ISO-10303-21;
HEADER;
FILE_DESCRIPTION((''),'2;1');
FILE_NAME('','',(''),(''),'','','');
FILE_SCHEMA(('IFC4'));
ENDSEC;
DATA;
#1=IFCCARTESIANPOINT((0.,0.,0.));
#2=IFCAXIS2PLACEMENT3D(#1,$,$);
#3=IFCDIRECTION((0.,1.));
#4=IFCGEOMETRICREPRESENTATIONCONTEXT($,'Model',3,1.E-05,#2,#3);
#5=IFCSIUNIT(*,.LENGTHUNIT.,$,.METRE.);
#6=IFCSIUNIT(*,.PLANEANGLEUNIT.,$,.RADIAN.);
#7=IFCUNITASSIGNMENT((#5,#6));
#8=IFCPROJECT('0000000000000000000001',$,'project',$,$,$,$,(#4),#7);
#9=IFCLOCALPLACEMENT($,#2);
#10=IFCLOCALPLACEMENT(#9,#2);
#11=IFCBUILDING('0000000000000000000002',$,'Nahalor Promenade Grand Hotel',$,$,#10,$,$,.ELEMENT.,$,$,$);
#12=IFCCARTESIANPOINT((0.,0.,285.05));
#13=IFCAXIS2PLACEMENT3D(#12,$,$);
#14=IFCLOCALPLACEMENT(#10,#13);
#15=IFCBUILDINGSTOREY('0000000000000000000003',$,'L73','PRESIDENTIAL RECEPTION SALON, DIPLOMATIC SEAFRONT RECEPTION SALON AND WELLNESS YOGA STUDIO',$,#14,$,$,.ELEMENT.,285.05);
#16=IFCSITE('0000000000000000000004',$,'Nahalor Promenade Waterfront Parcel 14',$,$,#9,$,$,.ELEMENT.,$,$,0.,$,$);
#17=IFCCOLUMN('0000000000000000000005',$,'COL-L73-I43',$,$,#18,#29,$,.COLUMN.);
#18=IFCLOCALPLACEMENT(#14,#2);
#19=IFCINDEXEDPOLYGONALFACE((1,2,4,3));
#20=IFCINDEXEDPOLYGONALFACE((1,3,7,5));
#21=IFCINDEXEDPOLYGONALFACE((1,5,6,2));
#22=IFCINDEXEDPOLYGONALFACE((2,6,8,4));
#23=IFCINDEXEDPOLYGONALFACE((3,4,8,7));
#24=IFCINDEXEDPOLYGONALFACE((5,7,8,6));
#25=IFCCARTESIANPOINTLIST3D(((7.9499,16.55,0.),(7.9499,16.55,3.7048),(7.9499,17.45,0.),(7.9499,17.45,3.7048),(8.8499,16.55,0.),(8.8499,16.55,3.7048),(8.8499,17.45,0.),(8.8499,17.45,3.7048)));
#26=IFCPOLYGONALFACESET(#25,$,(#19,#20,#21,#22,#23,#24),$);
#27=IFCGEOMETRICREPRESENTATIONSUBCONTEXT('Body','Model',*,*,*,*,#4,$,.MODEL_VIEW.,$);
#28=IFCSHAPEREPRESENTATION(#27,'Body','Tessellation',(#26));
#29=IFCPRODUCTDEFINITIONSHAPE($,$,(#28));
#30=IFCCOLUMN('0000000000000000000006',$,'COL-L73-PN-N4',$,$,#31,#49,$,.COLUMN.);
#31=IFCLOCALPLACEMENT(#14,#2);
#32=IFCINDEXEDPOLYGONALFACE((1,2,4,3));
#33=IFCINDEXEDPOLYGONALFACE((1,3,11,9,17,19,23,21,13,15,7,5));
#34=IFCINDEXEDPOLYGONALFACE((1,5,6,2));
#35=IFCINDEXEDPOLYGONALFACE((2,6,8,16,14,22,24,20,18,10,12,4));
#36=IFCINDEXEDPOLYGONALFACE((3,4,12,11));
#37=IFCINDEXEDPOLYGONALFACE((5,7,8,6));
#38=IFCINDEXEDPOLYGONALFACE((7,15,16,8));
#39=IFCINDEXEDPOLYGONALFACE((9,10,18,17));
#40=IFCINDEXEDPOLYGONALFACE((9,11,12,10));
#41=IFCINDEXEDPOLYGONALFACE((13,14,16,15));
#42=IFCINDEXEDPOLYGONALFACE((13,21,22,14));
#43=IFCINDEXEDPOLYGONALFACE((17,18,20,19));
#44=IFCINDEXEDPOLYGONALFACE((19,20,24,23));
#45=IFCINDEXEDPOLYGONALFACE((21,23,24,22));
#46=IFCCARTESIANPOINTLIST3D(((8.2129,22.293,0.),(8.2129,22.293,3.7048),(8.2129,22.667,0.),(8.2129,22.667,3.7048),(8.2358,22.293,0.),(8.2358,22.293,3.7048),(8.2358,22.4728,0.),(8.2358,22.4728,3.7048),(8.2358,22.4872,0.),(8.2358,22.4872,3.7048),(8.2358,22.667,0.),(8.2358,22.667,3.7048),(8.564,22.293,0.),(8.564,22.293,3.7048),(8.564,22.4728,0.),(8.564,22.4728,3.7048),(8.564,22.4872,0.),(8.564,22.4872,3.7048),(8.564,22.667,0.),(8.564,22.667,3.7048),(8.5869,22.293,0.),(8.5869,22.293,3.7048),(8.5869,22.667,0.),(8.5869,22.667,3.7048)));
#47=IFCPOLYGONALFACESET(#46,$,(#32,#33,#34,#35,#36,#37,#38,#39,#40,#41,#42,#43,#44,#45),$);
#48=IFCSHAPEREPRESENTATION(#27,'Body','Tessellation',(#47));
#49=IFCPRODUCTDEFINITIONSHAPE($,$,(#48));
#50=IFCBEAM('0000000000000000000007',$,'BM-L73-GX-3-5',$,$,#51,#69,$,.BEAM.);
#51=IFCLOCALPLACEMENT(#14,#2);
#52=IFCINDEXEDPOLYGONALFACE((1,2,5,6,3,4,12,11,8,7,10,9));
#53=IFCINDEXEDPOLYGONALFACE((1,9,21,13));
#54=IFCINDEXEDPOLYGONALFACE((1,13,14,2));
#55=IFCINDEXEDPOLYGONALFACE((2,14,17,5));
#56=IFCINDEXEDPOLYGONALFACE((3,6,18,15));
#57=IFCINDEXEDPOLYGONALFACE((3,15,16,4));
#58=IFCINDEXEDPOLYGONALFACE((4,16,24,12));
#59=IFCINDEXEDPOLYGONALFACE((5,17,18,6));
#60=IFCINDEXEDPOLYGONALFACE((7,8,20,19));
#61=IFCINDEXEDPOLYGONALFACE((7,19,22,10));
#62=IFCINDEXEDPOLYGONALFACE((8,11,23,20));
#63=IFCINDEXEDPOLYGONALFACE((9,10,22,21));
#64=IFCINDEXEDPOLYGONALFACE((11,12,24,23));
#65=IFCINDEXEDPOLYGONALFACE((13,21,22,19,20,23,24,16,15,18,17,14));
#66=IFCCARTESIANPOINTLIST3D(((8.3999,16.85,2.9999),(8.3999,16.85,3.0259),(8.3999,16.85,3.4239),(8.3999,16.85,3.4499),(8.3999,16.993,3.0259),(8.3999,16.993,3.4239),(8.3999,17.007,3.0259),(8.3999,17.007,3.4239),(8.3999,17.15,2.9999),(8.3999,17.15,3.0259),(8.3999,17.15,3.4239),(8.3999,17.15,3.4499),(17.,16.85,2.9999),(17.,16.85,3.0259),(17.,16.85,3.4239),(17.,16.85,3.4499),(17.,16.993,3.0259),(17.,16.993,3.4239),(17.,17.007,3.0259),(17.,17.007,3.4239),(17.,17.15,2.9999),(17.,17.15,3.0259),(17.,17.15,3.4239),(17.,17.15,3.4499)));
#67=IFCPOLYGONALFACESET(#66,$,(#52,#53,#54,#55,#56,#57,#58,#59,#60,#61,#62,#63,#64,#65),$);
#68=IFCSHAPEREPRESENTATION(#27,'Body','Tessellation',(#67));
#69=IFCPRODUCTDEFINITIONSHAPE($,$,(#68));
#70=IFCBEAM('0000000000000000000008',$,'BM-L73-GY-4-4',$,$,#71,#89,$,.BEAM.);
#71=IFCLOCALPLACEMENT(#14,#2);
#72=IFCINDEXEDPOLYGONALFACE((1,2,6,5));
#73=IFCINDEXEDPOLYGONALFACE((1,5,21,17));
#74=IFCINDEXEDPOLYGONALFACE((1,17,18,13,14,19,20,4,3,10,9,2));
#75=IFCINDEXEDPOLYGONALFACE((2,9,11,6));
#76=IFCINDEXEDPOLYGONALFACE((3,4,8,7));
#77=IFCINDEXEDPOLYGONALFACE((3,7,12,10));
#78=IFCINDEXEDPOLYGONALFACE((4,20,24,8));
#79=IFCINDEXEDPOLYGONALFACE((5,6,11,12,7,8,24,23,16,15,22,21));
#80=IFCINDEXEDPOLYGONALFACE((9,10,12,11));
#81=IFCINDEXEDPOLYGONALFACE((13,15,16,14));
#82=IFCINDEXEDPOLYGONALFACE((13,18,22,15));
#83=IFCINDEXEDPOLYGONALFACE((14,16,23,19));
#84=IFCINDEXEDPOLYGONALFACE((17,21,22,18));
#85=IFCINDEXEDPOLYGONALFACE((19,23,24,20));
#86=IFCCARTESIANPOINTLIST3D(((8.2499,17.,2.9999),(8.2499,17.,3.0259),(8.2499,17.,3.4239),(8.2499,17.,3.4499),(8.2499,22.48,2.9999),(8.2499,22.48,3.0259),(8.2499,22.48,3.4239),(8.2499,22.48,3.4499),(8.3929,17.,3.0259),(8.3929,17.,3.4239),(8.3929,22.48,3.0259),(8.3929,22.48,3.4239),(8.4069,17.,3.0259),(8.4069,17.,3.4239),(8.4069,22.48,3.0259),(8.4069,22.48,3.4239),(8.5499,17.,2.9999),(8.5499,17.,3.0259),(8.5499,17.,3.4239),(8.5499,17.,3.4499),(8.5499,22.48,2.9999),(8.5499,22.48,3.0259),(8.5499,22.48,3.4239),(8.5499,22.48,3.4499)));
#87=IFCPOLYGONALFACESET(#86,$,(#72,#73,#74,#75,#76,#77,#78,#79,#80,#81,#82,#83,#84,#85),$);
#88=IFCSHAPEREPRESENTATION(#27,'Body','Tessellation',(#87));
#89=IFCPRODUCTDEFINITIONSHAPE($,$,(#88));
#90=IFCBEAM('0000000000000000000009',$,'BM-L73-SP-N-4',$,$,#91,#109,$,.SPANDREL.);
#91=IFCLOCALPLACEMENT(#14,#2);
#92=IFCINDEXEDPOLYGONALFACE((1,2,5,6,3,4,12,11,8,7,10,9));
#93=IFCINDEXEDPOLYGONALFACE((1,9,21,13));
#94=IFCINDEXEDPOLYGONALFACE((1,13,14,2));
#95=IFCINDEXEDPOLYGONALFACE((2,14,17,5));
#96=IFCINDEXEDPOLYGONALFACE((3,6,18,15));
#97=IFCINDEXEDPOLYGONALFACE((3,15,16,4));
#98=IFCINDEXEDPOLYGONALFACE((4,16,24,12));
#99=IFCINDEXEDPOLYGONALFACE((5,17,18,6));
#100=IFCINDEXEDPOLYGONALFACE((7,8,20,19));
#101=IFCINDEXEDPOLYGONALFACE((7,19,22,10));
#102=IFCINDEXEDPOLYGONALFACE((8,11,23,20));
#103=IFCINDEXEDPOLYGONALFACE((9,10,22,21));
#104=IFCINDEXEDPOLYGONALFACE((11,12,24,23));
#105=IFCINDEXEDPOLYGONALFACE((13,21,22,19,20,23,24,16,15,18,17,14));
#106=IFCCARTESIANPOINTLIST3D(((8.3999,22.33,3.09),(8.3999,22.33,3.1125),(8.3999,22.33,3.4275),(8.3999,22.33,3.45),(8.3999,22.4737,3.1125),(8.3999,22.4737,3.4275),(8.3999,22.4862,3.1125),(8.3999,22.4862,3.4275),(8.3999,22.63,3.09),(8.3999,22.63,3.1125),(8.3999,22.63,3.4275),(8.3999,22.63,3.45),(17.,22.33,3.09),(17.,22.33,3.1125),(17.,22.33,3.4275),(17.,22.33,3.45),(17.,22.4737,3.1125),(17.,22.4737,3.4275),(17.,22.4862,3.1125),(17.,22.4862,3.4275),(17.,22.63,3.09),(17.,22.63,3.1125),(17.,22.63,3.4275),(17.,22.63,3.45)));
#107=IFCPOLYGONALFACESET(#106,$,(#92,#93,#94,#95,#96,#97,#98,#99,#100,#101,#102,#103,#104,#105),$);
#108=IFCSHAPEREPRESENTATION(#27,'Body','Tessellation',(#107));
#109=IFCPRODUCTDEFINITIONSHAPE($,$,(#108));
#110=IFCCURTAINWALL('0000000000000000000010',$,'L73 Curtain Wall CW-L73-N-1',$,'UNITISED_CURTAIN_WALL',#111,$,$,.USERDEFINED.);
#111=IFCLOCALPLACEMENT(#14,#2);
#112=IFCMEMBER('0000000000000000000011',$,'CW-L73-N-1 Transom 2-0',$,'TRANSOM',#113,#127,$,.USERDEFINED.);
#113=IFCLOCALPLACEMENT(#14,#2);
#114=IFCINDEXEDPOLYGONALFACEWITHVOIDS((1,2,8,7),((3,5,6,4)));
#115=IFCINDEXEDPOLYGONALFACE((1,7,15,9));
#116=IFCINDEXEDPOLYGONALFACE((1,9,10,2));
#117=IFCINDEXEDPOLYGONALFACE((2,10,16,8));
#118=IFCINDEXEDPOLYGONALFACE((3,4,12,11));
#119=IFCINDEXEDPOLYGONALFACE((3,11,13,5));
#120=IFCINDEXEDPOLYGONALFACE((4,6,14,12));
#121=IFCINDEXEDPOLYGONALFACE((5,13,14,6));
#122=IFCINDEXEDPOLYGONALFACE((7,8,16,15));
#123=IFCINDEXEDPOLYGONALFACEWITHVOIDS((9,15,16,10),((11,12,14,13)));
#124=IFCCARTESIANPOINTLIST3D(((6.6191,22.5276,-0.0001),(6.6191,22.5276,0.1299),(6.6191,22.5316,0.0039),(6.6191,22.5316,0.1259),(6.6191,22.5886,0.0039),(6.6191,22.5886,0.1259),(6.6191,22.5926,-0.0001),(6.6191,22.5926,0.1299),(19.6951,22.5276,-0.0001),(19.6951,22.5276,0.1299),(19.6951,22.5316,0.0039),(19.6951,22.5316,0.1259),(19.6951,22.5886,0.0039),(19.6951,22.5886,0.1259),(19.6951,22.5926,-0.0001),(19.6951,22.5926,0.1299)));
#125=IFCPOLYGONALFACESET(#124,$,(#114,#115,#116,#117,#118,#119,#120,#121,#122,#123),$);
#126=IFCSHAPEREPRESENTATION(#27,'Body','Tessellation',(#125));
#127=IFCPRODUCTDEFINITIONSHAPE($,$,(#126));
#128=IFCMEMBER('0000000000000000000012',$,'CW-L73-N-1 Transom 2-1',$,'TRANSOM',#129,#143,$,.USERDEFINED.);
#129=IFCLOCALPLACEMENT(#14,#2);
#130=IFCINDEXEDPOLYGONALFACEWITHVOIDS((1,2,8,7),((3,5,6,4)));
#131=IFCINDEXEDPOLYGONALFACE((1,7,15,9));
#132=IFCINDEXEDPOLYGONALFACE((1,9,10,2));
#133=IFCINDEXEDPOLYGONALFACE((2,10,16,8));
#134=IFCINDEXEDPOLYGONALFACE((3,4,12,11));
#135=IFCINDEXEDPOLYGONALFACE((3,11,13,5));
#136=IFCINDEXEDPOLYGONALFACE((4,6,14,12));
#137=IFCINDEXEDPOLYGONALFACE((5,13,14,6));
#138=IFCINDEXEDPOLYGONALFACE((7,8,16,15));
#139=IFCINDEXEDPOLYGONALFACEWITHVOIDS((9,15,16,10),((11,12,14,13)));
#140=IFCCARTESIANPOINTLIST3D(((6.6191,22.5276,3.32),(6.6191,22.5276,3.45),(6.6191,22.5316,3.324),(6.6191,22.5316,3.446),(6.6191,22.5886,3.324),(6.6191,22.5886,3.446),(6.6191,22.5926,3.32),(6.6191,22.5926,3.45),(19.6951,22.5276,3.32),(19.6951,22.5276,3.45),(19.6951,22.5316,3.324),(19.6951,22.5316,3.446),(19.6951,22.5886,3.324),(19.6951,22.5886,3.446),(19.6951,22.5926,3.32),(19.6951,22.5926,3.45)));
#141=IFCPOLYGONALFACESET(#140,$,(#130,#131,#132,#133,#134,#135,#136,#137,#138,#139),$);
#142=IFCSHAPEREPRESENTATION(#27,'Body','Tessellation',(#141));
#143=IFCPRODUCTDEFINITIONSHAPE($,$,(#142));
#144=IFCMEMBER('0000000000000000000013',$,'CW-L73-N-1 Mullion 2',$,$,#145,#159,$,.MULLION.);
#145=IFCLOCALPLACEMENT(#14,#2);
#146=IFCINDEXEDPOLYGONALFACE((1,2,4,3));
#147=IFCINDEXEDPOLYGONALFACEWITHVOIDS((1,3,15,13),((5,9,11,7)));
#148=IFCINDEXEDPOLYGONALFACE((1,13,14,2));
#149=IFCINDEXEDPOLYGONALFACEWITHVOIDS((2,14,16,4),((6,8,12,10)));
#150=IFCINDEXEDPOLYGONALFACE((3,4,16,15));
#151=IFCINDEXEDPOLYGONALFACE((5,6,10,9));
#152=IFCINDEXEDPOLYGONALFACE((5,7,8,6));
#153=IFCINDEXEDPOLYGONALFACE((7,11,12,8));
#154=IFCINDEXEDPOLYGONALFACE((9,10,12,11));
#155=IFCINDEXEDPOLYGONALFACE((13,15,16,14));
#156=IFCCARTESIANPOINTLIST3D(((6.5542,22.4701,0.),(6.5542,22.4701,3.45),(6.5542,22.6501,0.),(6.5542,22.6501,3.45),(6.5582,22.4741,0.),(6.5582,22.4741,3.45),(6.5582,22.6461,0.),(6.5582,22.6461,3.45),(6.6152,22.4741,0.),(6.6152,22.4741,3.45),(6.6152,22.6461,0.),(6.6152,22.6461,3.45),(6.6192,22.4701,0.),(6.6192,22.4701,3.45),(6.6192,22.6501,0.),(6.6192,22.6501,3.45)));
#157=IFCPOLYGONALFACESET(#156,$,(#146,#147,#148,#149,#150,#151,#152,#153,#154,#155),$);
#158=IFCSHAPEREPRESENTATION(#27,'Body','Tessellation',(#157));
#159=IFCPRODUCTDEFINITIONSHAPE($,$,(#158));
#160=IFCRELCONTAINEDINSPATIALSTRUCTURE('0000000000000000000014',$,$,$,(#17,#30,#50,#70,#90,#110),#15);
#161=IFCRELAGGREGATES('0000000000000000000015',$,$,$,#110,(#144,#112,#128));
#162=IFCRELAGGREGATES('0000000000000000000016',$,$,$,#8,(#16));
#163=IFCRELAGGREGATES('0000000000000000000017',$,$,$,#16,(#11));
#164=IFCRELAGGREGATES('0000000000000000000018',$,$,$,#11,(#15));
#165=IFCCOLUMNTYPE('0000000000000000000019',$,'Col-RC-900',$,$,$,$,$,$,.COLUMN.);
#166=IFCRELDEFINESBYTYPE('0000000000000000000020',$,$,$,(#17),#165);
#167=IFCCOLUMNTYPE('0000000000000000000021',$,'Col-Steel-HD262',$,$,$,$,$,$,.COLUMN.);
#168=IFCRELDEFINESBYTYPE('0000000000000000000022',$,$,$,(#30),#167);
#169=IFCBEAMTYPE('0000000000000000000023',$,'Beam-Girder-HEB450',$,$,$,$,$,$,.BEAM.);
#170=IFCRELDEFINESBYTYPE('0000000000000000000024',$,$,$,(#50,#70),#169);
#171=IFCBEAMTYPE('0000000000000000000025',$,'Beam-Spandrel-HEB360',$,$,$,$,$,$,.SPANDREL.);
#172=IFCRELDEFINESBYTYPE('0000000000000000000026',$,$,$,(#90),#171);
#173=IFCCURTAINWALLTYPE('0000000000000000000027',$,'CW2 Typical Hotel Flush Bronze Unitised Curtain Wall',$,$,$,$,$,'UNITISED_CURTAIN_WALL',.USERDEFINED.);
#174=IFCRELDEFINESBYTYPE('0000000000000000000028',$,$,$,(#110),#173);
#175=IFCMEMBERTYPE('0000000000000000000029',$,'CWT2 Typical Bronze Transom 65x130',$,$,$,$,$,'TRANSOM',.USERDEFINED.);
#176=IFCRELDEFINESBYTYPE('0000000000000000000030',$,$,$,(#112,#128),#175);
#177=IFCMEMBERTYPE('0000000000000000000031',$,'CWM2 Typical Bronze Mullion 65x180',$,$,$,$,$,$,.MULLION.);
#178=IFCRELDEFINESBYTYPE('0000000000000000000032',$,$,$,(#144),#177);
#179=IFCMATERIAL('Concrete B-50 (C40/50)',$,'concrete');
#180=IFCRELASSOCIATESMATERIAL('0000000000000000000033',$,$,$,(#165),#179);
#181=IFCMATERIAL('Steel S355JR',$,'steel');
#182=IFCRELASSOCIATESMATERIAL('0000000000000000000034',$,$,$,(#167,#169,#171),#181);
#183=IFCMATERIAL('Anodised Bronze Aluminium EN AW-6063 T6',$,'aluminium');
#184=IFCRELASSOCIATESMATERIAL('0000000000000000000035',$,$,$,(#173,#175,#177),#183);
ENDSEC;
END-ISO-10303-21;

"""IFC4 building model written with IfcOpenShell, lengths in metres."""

from ifc_helpers import new_model, si_unit, direction, frame, origin, origin_2d, place, context, subcontext, project, spatial, rectangle, hollow_rectangle, i_section, extrude, source, transform, mapped, material, material_profile, profile_set, type_object, element, aggregate, save


model = new_model("IFC4")

# Units and contexts
model_context = context("Model", 3, precision=1e-05, world=origin(), true_north=direction((0.0, 1.0)))
body_context = subcontext(model_context, "Body", "Model", "MODEL_VIEW")
ifc_project = project(units=[si_unit("LENGTHUNIT", "METRE"), si_unit("PLANEANGLEUNIT", "RADIAN")], contexts=[model_context])

# Site, building, storey
site_placement = place(None, origin())
site = spatial("IfcSite", under=ifc_project, at=site_placement, Name="Nahalor Promenade Waterfront Parcel 14", CompositionType="ELEMENT", RefElevation=0.0)
building_placement = place(site_placement, origin())
building = spatial("IfcBuilding", under=site, at=building_placement, Name="Nahalor Promenade Grand Hotel", CompositionType="ELEMENT")
storey_placement = place(building_placement, frame((0.0, 0.0, 285.05)))
storey = spatial("IfcBuildingStorey", under=building, at=storey_placement, Name="L73", Description="PRESIDENTIAL RECEPTION SALON, DIPLOMATIC SEAFRONT RECEPTION SALON AND WELLNESS YOGA STUDIO", CompositionType="ELEMENT", Elevation=285.05)

# Columns
ifc_material_1 = material(Name="Concrete B-50 (C40/50)", Category="concrete")
ifc_material_profile_1 = material_profile(ifc_material_1, rectangle(XDim=0.9, YDim=0.9, at=origin_2d()), Name="RC 900x900")
ifc_profile_set_1 = profile_set([ifc_material_profile_1], Name="Concrete B-50 (C40/50)")
column_type_1 = type_object("IfcColumnType", Name="Col-RC-900", PredefinedType="COLUMN", material=ifc_profile_set_1)
shared_shape_1 = source(origin(), body_context, "Body", "SweptSolid", [
    extrude(rectangle(XDim=0.9, YDim=0.9, at=origin_2d()), origin(), (0.0, 0.0, 1.0), 3.7048),
])
column_1_placement = place(storey_placement, frame((8.3999, 17.0, 0.0), z_axis=(0.0, 0.0, 1.0), x_axis=(1.0, 0.0, 0.0)))
element("IfcColumn", 1, at=column_1_placement, inside=storey, type_object=column_type_1, Name="COL-L73-I43", PredefinedType="COLUMN", context=body_context, shape_type="MappedRepresentation", body=[
    mapped(shared_shape_1, transform((0.0, 0.0, 0.0), scale=1.0)),
])
ifc_material_2 = material(Name="Steel S355JR", Category="steel")
ifc_material_profile_2 = material_profile(ifc_material_2, i_section(OverallWidth=0.374, OverallDepth=0.374, WebThickness=0.0144, FlangeThickness=0.0229, at=origin_2d()), Name="HD 360x262")
ifc_profile_set_2 = profile_set([ifc_material_profile_2], Name="Steel S355JR")
column_type_2 = type_object("IfcColumnType", Name="Col-Steel-HD262", PredefinedType="COLUMN", material=ifc_profile_set_2)
shared_shape_2 = source(origin(), body_context, "Body", "SweptSolid", [
    extrude(i_section(OverallWidth=0.374, OverallDepth=0.374, WebThickness=0.0144, FlangeThickness=0.0229, at=origin_2d()), origin(), (0.0, 0.0, 1.0), 3.7048),
])
column_2_placement = place(storey_placement, frame((8.3999, 22.48, 0.0), z_axis=(0.0, 0.0, 1.0), x_axis=(0.0, 1.0, 0.0)))
element("IfcColumn", 2, at=column_2_placement, inside=storey, type_object=column_type_2, Name="COL-L73-PN-N4", PredefinedType="COLUMN", context=body_context, shape_type="MappedRepresentation", body=[
    mapped(shared_shape_2, transform((0.0, 0.0, 0.0), scale=1.0)),
])

# Beams
ifc_material_profile_3 = material_profile(ifc_material_2, i_section(OverallWidth=0.3, OverallDepth=0.45, WebThickness=0.014, FlangeThickness=0.026, at=origin_2d()), Name="HEB 450")
ifc_profile_set_3 = profile_set([ifc_material_profile_3], Name="Steel S355JR")
beam_type_1 = type_object("IfcBeamType", Name="Beam-Girder-HEB450", PredefinedType="BEAM", material=ifc_profile_set_3)
shared_shape_3 = source(origin(), body_context, "Body", "SweptSolid", [
    extrude(i_section(OverallWidth=0.3, OverallDepth=0.45, WebThickness=0.014, FlangeThickness=0.026, at=origin_2d()), origin(), (0.0, 0.0, 1.0), 8.6001),
])
beam_1_placement = place(storey_placement, frame((8.3999, 17.0, 3.2249), z_axis=(1.0, 0.0, 0.0), x_axis=(0.0, 1.0, 0.0)))
element("IfcBeam", 3, at=beam_1_placement, inside=storey, type_object=beam_type_1, Name="BM-L73-GX-3-5", PredefinedType="BEAM", context=body_context, shape_type="MappedRepresentation", body=[
    mapped(shared_shape_3, transform((0.0, 0.0, 0.0), scale=1.0)),
])
shared_shape_4 = source(origin(), body_context, "Body", "SweptSolid", [
    extrude(i_section(OverallWidth=0.3, OverallDepth=0.45, WebThickness=0.014, FlangeThickness=0.026, at=origin_2d()), origin(), (0.0, 0.0, 1.0), 5.48),
])
beam_2_placement = place(storey_placement, frame((8.3999, 17.0, 3.2249), z_axis=(0.0, 1.0, 0.0), x_axis=(-1.0, 0.0, 0.0)))
element("IfcBeam", 4, at=beam_2_placement, inside=storey, type_object=beam_type_1, Name="BM-L73-GY-4-4", PredefinedType="BEAM", context=body_context, shape_type="MappedRepresentation", body=[
    mapped(shared_shape_4, transform((0.0, 0.0, 0.0), scale=1.0)),
])
ifc_material_profile_4 = material_profile(ifc_material_2, i_section(OverallWidth=0.3, OverallDepth=0.36, WebThickness=0.0125, FlangeThickness=0.0225, at=origin_2d()), Name="HEB 360")
ifc_profile_set_4 = profile_set([ifc_material_profile_4], Name="Steel S355JR")
beam_type_2 = type_object("IfcBeamType", Name="Beam-Spandrel-HEB360", PredefinedType="SPANDREL", material=ifc_profile_set_4)
shared_shape_5 = source(origin(), body_context, "Body", "SweptSolid", [
    extrude(i_section(OverallWidth=0.3, OverallDepth=0.36, WebThickness=0.0125, FlangeThickness=0.0225, at=origin_2d()), origin(), (0.0, 0.0, 1.0), 8.6001),
])
beam_3_placement = place(storey_placement, frame((8.3999, 22.48, 3.27), z_axis=(1.0, 0.0, 0.0), x_axis=(0.0, 1.0, 0.0)))
element("IfcBeam", 5, at=beam_3_placement, inside=storey, type_object=beam_type_2, Name="BM-L73-SP-N-4", PredefinedType="SPANDREL", context=body_context, shape_type="MappedRepresentation", body=[
    mapped(shared_shape_5, transform((0.0, 0.0, 0.0), scale=1.0)),
])

# Curtain wall, members
ifc_material_3 = material(Name="Anodised Bronze Aluminium EN AW-6063 T6", Category="aluminium")
curtain_wall_type = type_object("IfcCurtainWallType", Name="CW2 Typical Hotel Flush Bronze Unitised Curtain Wall", ElementType="UNITISED_CURTAIN_WALL", PredefinedType="USERDEFINED", material=ifc_material_3)
curtain_wall_placement = place(storey_placement, origin())
curtain_wall = element("IfcCurtainWall", 6, at=curtain_wall_placement, inside=storey, type_object=curtain_wall_type, Name="L73 Curtain Wall CW-L73-N-1", ObjectType="UNITISED_CURTAIN_WALL", PredefinedType="USERDEFINED")
ifc_material_profile_5 = material_profile(ifc_material_3, hollow_rectangle(XDim=0.065, YDim=0.13, WallThickness=0.004, at=origin_2d()), Name="CWT 65x130x4")
ifc_profile_set_5 = profile_set([ifc_material_profile_5], Name="Anodised Bronze Aluminium EN AW-6063 T6")
member_type_1 = type_object("IfcMemberType", Name="CWT2 Typical Bronze Transom 65x130", ElementType="TRANSOM", PredefinedType="USERDEFINED", material=ifc_profile_set_5)
shared_shape_6 = source(origin(), body_context, "Body", "SweptSolid", [
    extrude(hollow_rectangle(XDim=0.065, YDim=0.13, WallThickness=0.004, at=origin_2d()), origin(), (0.0, 0.0, 1.0), 13.0759),
])
member_1_placement = place(storey_placement, frame((6.6191, 22.5601, 0.0649), z_axis=(1.0, 0.0, 0.0), x_axis=(0.0, 1.0, 0.0)))
member_1 = element("IfcMember", 7, at=member_1_placement, type_object=member_type_1, Name="CW-L73-N-1 Transom 2-0", ObjectType="TRANSOM", PredefinedType="USERDEFINED", context=body_context, shape_type="MappedRepresentation", body=[
    mapped(shared_shape_6, transform((0.0, 0.0, 0.0), scale=1.0)),
])
member_2_placement = place(storey_placement, frame((6.6191, 22.5601, 3.385), z_axis=(1.0, 0.0, 0.0), x_axis=(0.0, 1.0, 0.0)))
member_2 = element("IfcMember", 8, at=member_2_placement, type_object=member_type_1, Name="CW-L73-N-1 Transom 2-1", ObjectType="TRANSOM", PredefinedType="USERDEFINED", context=body_context, shape_type="MappedRepresentation", body=[
    mapped(shared_shape_6, transform((0.0, 0.0, 0.0), scale=1.0)),
])
ifc_material_profile_6 = material_profile(ifc_material_3, hollow_rectangle(XDim=0.065, YDim=0.18, WallThickness=0.004, at=origin_2d()), Name="CWM 65x180x4")
ifc_profile_set_6 = profile_set([ifc_material_profile_6], Name="Anodised Bronze Aluminium EN AW-6063 T6")
member_type_2 = type_object("IfcMemberType", Name="CWM2 Typical Bronze Mullion 65x180", PredefinedType="MULLION", material=ifc_profile_set_6)
shared_shape_7 = source(origin(), body_context, "Body", "SweptSolid", [
    extrude(hollow_rectangle(XDim=0.065, YDim=0.18, WallThickness=0.004, at=origin_2d()), origin(), (0.0, 0.0, 1.0), 3.45),
])
member_3_placement = place(storey_placement, frame((6.5867, 22.5601, 0.0), z_axis=(0.0, 0.0, 1.0), x_axis=(1.0, 0.0, 0.0)))
member_3 = element("IfcMember", 9, at=member_3_placement, type_object=member_type_2, Name="CW-L73-N-1 Mullion 2", PredefinedType="MULLION", context=body_context, shape_type="MappedRepresentation", body=[
    mapped(shared_shape_7, transform((0.0, 0.0, 0.0), scale=1.0)),
])
aggregate(curtain_wall, [member_3, member_1, member_2])

save(model, "model.ifc")
